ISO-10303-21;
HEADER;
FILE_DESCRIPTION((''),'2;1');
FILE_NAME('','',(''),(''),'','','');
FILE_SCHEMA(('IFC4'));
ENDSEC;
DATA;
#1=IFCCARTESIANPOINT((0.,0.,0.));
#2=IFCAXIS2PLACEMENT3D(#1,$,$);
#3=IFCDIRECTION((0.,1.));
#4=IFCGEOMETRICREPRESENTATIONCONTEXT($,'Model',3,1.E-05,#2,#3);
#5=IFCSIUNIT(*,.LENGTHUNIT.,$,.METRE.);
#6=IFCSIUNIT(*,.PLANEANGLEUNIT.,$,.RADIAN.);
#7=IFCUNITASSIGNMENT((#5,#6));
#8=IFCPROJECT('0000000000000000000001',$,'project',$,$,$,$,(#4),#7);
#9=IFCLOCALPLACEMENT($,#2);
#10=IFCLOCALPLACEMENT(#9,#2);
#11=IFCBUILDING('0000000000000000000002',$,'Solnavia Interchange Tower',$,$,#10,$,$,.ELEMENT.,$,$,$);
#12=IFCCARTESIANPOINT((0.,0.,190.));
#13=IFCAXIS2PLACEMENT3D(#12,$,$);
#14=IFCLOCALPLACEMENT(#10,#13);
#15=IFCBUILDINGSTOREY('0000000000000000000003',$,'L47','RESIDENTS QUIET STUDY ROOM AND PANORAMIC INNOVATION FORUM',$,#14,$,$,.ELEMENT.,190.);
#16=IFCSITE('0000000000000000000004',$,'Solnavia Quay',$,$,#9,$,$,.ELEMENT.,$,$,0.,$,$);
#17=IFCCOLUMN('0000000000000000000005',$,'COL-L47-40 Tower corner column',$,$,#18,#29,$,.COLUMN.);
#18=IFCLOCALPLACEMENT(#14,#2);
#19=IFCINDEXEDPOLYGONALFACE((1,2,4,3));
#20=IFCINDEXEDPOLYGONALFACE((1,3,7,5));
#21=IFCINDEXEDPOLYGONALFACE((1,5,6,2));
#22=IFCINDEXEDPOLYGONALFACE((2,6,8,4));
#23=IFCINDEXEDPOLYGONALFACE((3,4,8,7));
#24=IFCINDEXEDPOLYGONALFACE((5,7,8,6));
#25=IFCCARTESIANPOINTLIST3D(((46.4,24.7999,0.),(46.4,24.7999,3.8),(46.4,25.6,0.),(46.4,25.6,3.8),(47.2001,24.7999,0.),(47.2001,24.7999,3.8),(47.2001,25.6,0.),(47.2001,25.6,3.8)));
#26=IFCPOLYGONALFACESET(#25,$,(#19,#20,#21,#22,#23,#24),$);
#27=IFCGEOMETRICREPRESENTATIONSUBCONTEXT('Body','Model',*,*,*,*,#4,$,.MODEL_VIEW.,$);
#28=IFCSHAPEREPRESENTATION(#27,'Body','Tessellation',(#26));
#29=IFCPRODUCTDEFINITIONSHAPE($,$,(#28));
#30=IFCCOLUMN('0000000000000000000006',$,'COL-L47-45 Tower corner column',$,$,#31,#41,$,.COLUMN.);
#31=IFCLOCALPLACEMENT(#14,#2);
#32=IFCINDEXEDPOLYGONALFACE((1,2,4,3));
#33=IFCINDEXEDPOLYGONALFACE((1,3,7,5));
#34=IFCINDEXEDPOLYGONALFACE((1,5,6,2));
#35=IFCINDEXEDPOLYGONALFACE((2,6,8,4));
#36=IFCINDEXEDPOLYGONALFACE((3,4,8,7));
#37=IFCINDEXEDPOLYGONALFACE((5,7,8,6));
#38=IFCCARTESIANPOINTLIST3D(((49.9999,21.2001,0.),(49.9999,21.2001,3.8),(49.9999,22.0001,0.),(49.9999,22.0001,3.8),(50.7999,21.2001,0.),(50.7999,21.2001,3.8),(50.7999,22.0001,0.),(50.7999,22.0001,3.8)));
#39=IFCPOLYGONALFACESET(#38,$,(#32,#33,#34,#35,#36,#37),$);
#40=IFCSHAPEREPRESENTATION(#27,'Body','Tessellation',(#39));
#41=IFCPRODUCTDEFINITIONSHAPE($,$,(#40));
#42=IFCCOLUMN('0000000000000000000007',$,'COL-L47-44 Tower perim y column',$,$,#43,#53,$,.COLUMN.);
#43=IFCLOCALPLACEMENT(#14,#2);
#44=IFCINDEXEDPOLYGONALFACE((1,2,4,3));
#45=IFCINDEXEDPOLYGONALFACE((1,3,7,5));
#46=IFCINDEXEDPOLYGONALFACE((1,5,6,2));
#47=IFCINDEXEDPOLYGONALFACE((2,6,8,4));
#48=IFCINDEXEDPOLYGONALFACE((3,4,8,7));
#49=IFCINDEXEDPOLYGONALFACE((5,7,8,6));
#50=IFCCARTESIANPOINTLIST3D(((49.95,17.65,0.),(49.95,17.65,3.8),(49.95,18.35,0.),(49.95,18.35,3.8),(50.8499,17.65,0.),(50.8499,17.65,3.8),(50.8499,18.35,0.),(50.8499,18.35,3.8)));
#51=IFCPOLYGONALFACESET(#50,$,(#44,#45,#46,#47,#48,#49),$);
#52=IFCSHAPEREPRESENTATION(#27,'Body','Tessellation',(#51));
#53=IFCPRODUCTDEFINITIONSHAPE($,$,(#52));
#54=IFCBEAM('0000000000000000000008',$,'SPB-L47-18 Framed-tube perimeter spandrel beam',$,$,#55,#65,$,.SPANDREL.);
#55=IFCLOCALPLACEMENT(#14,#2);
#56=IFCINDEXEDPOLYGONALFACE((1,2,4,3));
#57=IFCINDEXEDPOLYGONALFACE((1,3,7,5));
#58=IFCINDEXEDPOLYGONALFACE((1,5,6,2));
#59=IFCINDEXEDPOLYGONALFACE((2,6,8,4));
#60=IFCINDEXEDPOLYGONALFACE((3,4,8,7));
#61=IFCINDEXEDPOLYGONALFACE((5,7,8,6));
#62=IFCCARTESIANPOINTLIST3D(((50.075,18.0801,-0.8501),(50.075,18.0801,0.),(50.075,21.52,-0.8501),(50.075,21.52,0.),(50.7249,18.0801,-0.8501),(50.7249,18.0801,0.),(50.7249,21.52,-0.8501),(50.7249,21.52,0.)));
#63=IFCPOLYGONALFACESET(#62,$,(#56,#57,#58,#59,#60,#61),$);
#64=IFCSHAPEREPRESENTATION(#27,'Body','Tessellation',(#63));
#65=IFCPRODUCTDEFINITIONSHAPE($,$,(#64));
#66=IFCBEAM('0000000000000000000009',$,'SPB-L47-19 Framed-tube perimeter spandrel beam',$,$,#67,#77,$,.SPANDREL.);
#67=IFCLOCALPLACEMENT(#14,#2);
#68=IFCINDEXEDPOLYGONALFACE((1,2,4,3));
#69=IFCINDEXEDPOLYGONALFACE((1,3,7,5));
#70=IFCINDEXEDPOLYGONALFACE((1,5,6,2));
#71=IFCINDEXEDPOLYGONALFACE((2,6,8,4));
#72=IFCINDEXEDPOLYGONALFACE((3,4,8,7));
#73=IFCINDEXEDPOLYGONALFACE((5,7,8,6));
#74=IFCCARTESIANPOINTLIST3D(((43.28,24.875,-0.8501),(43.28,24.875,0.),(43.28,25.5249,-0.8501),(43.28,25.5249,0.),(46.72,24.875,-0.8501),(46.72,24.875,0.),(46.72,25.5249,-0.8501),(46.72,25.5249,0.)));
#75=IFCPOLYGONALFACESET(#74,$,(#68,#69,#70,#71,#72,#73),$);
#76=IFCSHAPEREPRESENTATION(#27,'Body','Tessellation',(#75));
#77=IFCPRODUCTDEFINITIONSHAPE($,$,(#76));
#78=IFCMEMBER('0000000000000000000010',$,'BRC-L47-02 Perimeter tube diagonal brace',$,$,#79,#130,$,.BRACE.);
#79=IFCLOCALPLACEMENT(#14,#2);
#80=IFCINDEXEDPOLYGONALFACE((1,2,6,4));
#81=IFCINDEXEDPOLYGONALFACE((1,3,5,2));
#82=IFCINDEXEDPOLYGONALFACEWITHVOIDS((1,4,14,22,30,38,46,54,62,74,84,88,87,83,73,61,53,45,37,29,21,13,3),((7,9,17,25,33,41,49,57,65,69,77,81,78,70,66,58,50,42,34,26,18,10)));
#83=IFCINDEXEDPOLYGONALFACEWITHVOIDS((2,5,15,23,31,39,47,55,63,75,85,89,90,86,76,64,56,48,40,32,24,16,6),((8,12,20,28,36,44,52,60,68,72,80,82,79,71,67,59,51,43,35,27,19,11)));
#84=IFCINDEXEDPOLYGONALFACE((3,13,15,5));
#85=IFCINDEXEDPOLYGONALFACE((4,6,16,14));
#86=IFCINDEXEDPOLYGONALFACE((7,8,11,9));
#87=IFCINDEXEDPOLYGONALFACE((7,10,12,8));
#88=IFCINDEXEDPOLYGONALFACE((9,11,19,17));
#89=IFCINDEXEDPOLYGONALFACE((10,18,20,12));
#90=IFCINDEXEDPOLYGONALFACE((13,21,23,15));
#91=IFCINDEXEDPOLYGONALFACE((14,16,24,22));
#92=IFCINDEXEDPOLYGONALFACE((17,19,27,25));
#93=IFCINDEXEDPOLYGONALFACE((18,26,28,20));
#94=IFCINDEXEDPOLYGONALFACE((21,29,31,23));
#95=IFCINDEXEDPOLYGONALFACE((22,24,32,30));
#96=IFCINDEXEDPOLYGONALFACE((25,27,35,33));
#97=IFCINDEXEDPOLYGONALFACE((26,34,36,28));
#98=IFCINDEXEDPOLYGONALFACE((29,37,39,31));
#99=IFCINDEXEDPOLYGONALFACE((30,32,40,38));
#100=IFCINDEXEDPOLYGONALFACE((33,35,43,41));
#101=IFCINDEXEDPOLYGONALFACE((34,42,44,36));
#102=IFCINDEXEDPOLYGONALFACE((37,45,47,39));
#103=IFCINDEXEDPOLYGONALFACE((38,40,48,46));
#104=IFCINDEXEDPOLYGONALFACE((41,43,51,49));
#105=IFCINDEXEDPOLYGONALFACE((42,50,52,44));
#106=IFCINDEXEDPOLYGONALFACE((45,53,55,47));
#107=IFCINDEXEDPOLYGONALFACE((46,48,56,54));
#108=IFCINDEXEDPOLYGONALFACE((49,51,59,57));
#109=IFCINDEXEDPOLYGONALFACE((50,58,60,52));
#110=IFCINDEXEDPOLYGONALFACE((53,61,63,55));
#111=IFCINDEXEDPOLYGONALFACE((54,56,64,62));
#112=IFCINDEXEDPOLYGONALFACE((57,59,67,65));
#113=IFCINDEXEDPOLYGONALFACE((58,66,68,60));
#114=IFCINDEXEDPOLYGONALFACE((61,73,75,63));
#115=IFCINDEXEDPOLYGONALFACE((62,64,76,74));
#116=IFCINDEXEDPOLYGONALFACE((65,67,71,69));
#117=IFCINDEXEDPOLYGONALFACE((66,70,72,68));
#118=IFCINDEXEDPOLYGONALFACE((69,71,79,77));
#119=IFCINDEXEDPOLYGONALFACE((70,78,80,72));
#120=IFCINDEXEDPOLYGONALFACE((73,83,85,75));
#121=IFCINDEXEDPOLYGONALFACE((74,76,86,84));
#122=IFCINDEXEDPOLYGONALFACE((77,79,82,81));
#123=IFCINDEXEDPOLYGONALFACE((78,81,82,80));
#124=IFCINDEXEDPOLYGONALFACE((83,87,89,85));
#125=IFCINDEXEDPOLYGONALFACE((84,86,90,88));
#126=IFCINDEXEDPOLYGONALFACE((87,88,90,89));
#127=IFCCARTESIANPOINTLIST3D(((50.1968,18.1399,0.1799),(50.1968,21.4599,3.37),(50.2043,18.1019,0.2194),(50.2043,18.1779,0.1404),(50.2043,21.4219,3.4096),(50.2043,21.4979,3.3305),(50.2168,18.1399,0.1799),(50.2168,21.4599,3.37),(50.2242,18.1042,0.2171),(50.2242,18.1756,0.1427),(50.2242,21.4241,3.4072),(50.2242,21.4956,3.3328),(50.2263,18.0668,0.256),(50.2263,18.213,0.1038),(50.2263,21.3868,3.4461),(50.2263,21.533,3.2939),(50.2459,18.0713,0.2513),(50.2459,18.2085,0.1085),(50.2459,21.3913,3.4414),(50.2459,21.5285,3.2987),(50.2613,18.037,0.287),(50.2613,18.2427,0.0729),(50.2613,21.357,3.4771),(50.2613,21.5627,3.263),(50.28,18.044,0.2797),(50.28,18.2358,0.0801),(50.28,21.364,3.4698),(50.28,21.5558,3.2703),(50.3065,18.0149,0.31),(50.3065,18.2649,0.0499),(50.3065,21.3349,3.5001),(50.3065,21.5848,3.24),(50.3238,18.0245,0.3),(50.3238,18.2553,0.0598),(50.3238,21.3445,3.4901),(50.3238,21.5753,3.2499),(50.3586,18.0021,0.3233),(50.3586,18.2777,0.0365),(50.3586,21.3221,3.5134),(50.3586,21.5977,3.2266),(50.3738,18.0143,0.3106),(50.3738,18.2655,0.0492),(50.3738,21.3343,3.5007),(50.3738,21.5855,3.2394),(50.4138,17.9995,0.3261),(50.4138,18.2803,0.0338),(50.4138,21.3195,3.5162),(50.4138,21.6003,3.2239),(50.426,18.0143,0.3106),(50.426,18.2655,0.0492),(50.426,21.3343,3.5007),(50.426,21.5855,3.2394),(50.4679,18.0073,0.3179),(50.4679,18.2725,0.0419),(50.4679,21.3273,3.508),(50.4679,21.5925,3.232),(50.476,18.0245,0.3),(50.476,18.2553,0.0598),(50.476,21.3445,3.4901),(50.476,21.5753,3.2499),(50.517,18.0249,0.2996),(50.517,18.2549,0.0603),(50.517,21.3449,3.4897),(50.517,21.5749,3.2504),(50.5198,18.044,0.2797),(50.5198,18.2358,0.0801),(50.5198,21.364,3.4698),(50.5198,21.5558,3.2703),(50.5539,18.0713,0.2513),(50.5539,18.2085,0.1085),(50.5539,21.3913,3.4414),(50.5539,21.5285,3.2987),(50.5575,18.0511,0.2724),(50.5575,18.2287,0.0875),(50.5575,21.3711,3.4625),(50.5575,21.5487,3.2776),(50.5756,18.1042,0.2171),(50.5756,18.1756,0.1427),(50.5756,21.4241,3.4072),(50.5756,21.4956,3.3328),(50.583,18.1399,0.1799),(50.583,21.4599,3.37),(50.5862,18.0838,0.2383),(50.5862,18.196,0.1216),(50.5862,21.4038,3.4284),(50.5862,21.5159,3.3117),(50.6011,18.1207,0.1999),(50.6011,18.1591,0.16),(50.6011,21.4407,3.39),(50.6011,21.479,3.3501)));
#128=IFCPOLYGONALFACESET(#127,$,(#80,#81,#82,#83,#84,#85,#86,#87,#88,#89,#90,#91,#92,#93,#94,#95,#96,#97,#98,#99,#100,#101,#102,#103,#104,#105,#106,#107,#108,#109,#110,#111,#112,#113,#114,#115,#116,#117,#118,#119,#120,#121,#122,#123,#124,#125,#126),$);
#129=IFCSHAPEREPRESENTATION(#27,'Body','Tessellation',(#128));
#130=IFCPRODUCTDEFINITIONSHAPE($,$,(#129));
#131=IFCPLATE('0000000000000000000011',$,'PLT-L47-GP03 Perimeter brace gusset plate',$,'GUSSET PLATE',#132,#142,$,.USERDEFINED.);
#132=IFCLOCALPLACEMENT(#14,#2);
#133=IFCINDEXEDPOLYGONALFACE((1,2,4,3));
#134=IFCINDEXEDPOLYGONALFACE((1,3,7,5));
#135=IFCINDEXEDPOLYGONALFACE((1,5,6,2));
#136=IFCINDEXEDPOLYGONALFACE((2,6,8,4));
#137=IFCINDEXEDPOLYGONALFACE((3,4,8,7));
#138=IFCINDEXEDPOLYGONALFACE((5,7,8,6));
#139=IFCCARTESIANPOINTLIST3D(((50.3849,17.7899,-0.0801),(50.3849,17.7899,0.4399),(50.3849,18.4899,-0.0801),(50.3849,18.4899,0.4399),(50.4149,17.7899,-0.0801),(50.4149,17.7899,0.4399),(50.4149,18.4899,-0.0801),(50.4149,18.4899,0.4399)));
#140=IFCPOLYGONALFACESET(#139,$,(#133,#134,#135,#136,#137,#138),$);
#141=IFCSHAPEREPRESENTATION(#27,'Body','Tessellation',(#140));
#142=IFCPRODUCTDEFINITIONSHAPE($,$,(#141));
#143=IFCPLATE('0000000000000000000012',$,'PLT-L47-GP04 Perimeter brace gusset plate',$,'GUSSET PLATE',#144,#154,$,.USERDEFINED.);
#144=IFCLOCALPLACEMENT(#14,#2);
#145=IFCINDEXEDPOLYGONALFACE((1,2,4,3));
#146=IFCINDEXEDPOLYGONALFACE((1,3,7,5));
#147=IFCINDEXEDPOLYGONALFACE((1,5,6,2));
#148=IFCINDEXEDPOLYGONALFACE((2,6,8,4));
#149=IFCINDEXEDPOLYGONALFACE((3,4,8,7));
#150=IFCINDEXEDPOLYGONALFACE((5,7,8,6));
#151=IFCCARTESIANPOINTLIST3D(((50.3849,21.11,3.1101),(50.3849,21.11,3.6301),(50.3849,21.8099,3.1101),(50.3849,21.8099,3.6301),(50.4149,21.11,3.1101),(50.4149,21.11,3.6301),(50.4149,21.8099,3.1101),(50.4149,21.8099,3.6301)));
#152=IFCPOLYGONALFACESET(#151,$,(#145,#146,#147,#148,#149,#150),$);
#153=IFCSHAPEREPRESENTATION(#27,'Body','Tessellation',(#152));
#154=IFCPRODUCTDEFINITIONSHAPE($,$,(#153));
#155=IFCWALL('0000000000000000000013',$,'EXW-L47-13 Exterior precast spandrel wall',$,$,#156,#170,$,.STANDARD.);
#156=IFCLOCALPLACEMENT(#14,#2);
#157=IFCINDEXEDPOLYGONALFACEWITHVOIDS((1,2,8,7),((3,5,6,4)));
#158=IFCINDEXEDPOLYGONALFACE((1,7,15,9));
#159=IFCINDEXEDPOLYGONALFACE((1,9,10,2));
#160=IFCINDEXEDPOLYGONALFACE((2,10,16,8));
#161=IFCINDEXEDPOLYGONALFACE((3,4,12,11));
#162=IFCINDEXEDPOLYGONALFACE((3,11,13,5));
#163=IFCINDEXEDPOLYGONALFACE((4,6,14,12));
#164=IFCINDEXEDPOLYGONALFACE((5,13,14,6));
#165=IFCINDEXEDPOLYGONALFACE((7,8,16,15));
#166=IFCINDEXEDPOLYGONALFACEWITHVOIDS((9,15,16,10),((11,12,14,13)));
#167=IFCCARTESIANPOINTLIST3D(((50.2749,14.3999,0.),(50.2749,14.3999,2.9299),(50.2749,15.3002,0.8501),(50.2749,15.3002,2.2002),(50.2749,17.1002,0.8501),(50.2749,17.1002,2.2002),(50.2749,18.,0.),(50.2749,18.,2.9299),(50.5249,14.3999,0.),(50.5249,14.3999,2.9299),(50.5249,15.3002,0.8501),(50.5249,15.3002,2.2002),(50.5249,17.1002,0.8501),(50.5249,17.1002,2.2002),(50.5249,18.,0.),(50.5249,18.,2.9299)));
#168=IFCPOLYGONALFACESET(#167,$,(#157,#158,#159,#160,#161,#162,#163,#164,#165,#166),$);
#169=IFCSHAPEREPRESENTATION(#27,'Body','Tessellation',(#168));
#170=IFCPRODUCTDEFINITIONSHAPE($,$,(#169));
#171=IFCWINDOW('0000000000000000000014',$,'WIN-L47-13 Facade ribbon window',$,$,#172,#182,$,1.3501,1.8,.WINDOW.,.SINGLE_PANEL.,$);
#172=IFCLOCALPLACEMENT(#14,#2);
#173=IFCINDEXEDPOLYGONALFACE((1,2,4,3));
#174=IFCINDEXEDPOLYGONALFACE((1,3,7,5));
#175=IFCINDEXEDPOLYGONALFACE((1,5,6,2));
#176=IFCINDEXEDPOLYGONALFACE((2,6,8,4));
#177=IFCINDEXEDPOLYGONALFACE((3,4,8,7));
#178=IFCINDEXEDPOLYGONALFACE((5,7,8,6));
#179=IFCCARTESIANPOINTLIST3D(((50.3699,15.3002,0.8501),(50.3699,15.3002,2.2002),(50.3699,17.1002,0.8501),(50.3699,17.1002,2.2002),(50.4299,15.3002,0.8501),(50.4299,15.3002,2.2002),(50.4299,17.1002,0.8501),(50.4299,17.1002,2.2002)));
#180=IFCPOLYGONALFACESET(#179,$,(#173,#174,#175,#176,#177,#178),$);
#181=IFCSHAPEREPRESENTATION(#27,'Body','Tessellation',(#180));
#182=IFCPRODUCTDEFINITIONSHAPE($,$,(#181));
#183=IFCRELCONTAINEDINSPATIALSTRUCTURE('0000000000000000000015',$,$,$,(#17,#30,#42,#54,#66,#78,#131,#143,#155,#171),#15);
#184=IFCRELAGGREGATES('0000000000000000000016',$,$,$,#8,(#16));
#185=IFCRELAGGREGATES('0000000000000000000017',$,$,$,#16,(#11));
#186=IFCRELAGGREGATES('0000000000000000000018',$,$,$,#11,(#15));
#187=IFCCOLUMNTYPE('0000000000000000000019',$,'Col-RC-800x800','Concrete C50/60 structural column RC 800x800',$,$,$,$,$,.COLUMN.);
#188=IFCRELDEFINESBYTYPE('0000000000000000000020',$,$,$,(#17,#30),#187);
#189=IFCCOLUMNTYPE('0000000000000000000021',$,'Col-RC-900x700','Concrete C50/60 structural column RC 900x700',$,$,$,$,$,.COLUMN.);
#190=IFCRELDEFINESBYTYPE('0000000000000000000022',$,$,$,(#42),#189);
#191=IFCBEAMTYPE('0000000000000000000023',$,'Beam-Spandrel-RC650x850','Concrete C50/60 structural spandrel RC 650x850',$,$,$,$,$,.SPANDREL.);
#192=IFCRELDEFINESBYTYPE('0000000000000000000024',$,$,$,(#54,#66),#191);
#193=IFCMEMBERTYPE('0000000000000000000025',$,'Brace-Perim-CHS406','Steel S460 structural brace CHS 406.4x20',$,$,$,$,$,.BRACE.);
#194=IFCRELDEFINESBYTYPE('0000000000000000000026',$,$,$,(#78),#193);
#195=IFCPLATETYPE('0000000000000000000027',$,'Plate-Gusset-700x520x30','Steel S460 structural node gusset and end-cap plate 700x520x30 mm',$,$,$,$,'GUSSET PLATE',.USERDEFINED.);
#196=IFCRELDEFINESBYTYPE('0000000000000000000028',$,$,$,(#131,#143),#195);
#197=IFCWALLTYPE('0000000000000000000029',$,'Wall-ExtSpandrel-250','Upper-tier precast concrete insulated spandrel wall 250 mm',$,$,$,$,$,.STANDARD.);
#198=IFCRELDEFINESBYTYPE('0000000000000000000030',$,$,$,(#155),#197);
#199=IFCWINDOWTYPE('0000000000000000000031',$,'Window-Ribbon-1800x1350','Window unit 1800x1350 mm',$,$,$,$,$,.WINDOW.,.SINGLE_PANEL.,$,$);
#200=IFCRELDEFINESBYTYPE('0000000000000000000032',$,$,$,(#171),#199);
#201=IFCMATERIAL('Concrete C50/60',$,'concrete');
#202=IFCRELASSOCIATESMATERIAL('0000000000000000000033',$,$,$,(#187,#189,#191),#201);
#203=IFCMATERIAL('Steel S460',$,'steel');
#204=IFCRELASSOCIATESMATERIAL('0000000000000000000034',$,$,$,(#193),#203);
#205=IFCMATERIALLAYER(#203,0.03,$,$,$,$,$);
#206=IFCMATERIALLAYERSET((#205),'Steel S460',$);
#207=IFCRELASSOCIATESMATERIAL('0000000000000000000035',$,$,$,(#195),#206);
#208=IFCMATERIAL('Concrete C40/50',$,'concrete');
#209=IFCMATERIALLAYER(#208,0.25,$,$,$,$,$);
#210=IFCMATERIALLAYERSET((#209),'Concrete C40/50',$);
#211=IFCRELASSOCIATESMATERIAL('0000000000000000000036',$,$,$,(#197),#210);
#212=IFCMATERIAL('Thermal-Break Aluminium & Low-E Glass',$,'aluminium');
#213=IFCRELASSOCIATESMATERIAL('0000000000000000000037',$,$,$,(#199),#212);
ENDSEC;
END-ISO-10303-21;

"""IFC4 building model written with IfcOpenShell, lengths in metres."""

from ifc_helpers import new_model, si_unit, direction, frame, frame_2d, origin, origin_2d, place, context, subcontext, project, spatial, rectangle, hollow_circle, extrude, material, layer, layer_set, material_profile, profile_set, type_object, element, fill, save


model = new_model("IFC4")

# Units and contexts
model_context = context("Model", 3, precision=1e-05, world=origin(), true_north=direction((0.0, 1.0)))
body_context = subcontext(model_context, "Body", "Model", "MODEL_VIEW")
ifc_project = project(units=[si_unit("LENGTHUNIT", "METRE"), si_unit("PLANEANGLEUNIT", "RADIAN")], contexts=[model_context])

# Site, building, storey
site_placement = place(None, origin())
site = spatial("IfcSite", under=ifc_project, at=site_placement, Name="Solnavia Quay", CompositionType="ELEMENT", RefElevation=0.0)
building_placement = place(site_placement, origin())
building = spatial("IfcBuilding", under=site, at=building_placement, Name="Solnavia Interchange Tower", CompositionType="ELEMENT")
storey_placement = place(building_placement, frame((0.0, 0.0, 190.0)))
storey = spatial("IfcBuildingStorey", under=building, at=storey_placement, Name="L47", Description="RESIDENTS QUIET STUDY ROOM AND PANORAMIC INNOVATION FORUM", CompositionType="ELEMENT", Elevation=190.0)

# Columns
ifc_material_1 = material(Name="Concrete C50/60", Category="concrete")
ifc_material_profile_1 = material_profile(ifc_material_1, rectangle(XDim=0.8, YDim=0.8, at=origin_2d()), Name="RC 800x800")
ifc_profile_set_1 = profile_set([ifc_material_profile_1], Name="Concrete C50/60")
column_type_1 = type_object("IfcColumnType", Name="Col-RC-800x800", Description="Concrete C50/60 structural column RC 800x800", PredefinedType="COLUMN", material=ifc_profile_set_1)
for number, where, z_axis, x_axis, name in (
    (1, (46.8, 25.2, 0.0), (0.0, 0.0, 1.0), (1.0, 0.0, 0.0), "COL-L47-40 Tower corner column"),
    (2, (50.3999, 21.6001, 0.0), (0.0, 0.0, 1.0), (0.0, 1.0, 0.0), "COL-L47-45 Tower corner column"),
):
    element("IfcColumn", number, at=place(storey_placement, frame(where, z_axis=z_axis, x_axis=x_axis)), inside=storey, type_object=column_type_1, Name=name, PredefinedType="COLUMN", context=body_context, shape_type="SweptSolid", body=[
        extrude(rectangle(XDim=0.8, YDim=0.8, at=origin_2d()), origin(), (0.0, 0.0, 1.0), 3.8),
    ])
ifc_material_profile_2 = material_profile(ifc_material_1, rectangle(XDim=0.7, YDim=0.8999, at=origin_2d()), Name="RC 900x700")
ifc_profile_set_2 = profile_set([ifc_material_profile_2], Name="Concrete C50/60")
column_type_2 = type_object("IfcColumnType", Name="Col-RC-900x700", Description="Concrete C50/60 structural column RC 900x700", PredefinedType="COLUMN", material=ifc_profile_set_2)
column_placement = place(storey_placement, frame((50.3999, 18.0, 0.0), z_axis=(0.0, 0.0, 1.0), x_axis=(0.0, 1.0, 0.0)))
element("IfcColumn", 3, at=column_placement, inside=storey, type_object=column_type_2, Name="COL-L47-44 Tower perim y column", PredefinedType="COLUMN", context=body_context, shape_type="SweptSolid", body=[
    extrude(rectangle(XDim=0.7, YDim=0.8999, at=origin_2d()), origin(), (0.0, 0.0, 1.0), 3.8),
])

# Beams
ifc_material_profile_3 = material_profile(ifc_material_1, rectangle(XDim=0.6499, YDim=0.8501, at=origin_2d()), Name="RC 650x850")
ifc_profile_set_3 = profile_set([ifc_material_profile_3], Name="Concrete C50/60")
beam_type = type_object("IfcBeamType", Name="Beam-Spandrel-RC650x850", Description="Concrete C50/60 structural spandrel RC 650x850", PredefinedType="SPANDREL", material=ifc_profile_set_3)
for number, where, z_axis, x_axis, name in (
    (4, (50.3999, 18.0801, -0.425), (0.0, 1.0, 0.0), (-1.0, 0.0, 0.0), "SPB-L47-18 Framed-tube perimeter spandrel beam"),
    (5, (46.72, 25.2, -0.425), (-1.0, 0.0, 0.0), (0.0, -1.0, 0.0), "SPB-L47-19 Framed-tube perimeter spandrel beam"),
):
    element("IfcBeam", number, at=place(storey_placement, frame(where, z_axis=z_axis, x_axis=x_axis)), inside=storey, type_object=beam_type, Name=name, PredefinedType="SPANDREL", context=body_context, shape_type="SweptSolid", body=[
        extrude(rectangle(XDim=0.6499, YDim=0.8501, at=origin_2d()), origin(), (0.0, 0.0, 1.0), 3.4399),
    ])

# Member
ifc_material_2 = material(Name="Steel S460", Category="steel")
ifc_material_profile_4 = material_profile(ifc_material_2, hollow_circle(Radius=0.2031, WallThickness=0.02, at=origin_2d()), Name="CHS 406.4x20")
ifc_profile_set_4 = profile_set([ifc_material_profile_4], Name="Steel S460")
member_type = type_object("IfcMemberType", Name="Brace-Perim-CHS406", Description="Steel S460 structural brace CHS 406.4x20", PredefinedType="BRACE", material=ifc_profile_set_4)
member_placement = place(storey_placement, frame((50.3999, 18.1399, 0.1799), z_axis=(0.0, 0.72107, 0.692862), x_axis=(-1.0, 0.0, 0.0)))
element("IfcMember", 6, at=member_placement, inside=storey, type_object=member_type, Name="BRC-L47-02 Perimeter tube diagonal brace", PredefinedType="BRACE", context=body_context, shape_type="SweptSolid", body=[
    extrude(hollow_circle(Radius=0.2031, WallThickness=0.02, at=origin_2d()), origin(), (0.0, 0.0, 1.0), 4.6042),
])

# Plates
ifc_layer_1 = layer(ifc_material_2, 0.03)
ifc_layer_set_1 = layer_set([ifc_layer_1], Name="Steel S460")
plate_type = type_object("IfcPlateType", Name="Plate-Gusset-700x520x30", Description="Steel S460 structural node gusset and end-cap plate 700x520x30 mm", ElementType="GUSSET PLATE", PredefinedType="USERDEFINED", material=ifc_layer_set_1)
for number, where, z_axis, x_axis, name in (
    (7, (50.3999, 18.1399, -0.0801), (0.0, 0.0, 1.0), (0.0, 1.0, 0.0), "PLT-L47-GP03 Perimeter brace gusset plate"),
    (8, (50.3999, 21.46, 3.1101), (0.0, 0.0, 1.0), (0.0, 1.0, 0.0), "PLT-L47-GP04 Perimeter brace gusset plate"),
):
    element("IfcPlate", number, at=place(storey_placement, frame(where, z_axis=z_axis, x_axis=x_axis)), inside=storey, type_object=plate_type, Name=name, ObjectType="GUSSET PLATE", PredefinedType="USERDEFINED", context=body_context, shape_type="SweptSolid", body=[
        extrude(rectangle(XDim=0.7, YDim=0.03, at=origin_2d()), origin(), (0.0, 0.0, 1.0), 0.52),
    ])

# Wall, opening, window
ifc_material_3 = material(Name="Concrete C40/50", Category="concrete")
ifc_layer_2 = layer(ifc_material_3, 0.25)
ifc_layer_set_2 = layer_set([ifc_layer_2], Name="Concrete C40/50")
wall_type_1 = type_object("IfcWallType", Name="Wall-ExtSpandrel-250", Description="Upper-tier precast concrete insulated spandrel wall 250 mm", PredefinedType="STANDARD", material=ifc_layer_set_2)
wall_1_placement = place(storey_placement, frame((50.3999, 18.0, 0.0), z_axis=(0.0, 0.0, 1.0), x_axis=(0.0, -1.0, 0.0)))
wall_1 = element("IfcWall", 9, at=wall_1_placement, inside=storey, type_object=wall_type_1, Name="EXW-L47-13 Exterior precast spandrel wall", PredefinedType="STANDARD", context=body_context, shape_type="SweptSolid", body=[
    extrude(rectangle(XDim=3.6001, YDim=0.25, at=frame_2d((1.8, 0.0))), origin(), (0.0, 0.0, 1.0), 2.9299),
])
opening_1_placement = place(wall_1_placement, frame((0.8999, 0.0, 0.8501)))
opening_1 = element("IfcOpeningElement", 10, at=opening_1_placement, cuts=wall_1, PredefinedType="OPENING", context=body_context, shape_type="SweptSolid", body=[
    extrude(rectangle(XDim=1.8, YDim=1.3501, at=frame_2d((0.8999, 0.675))), frame((0.0, 0.135, 0.0), z_axis=(0.0, -1.0, 0.0), x_axis=(1.0, 0.0, 0.0)), (0.0, 0.0, 1.0), 0.27),
])
ifc_material_4 = material(Name="Thermal-Break Aluminium & Low-E Glass", Category="aluminium")
window_type = type_object("IfcWindowType", Name="Window-Ribbon-1800x1350", Description="Window unit 1800x1350 mm", PartitioningType="SINGLE_PANEL", PredefinedType="WINDOW", material=ifc_material_4)
window_placement = place(opening_1_placement, origin())
window = element("IfcWindow", 11, at=window_placement, inside=storey, type_object=window_type, Name="WIN-L47-13 Facade ribbon window", OverallHeight=1.3501, OverallWidth=1.8, PartitioningType="SINGLE_PANEL", PredefinedType="WINDOW", context=body_context, shape_type="SweptSolid", body=[
    extrude(rectangle(XDim=1.8, YDim=1.3501, at=frame_2d((0.8999, 0.675))), frame((0.0, 0.03, 0.0), z_axis=(0.0, -1.0, 0.0), x_axis=(1.0, 0.0, 0.0)), (0.0, 0.0, 1.0), 0.0601),
])
fill(opening_1, window)

save(model, "model.ifc")
